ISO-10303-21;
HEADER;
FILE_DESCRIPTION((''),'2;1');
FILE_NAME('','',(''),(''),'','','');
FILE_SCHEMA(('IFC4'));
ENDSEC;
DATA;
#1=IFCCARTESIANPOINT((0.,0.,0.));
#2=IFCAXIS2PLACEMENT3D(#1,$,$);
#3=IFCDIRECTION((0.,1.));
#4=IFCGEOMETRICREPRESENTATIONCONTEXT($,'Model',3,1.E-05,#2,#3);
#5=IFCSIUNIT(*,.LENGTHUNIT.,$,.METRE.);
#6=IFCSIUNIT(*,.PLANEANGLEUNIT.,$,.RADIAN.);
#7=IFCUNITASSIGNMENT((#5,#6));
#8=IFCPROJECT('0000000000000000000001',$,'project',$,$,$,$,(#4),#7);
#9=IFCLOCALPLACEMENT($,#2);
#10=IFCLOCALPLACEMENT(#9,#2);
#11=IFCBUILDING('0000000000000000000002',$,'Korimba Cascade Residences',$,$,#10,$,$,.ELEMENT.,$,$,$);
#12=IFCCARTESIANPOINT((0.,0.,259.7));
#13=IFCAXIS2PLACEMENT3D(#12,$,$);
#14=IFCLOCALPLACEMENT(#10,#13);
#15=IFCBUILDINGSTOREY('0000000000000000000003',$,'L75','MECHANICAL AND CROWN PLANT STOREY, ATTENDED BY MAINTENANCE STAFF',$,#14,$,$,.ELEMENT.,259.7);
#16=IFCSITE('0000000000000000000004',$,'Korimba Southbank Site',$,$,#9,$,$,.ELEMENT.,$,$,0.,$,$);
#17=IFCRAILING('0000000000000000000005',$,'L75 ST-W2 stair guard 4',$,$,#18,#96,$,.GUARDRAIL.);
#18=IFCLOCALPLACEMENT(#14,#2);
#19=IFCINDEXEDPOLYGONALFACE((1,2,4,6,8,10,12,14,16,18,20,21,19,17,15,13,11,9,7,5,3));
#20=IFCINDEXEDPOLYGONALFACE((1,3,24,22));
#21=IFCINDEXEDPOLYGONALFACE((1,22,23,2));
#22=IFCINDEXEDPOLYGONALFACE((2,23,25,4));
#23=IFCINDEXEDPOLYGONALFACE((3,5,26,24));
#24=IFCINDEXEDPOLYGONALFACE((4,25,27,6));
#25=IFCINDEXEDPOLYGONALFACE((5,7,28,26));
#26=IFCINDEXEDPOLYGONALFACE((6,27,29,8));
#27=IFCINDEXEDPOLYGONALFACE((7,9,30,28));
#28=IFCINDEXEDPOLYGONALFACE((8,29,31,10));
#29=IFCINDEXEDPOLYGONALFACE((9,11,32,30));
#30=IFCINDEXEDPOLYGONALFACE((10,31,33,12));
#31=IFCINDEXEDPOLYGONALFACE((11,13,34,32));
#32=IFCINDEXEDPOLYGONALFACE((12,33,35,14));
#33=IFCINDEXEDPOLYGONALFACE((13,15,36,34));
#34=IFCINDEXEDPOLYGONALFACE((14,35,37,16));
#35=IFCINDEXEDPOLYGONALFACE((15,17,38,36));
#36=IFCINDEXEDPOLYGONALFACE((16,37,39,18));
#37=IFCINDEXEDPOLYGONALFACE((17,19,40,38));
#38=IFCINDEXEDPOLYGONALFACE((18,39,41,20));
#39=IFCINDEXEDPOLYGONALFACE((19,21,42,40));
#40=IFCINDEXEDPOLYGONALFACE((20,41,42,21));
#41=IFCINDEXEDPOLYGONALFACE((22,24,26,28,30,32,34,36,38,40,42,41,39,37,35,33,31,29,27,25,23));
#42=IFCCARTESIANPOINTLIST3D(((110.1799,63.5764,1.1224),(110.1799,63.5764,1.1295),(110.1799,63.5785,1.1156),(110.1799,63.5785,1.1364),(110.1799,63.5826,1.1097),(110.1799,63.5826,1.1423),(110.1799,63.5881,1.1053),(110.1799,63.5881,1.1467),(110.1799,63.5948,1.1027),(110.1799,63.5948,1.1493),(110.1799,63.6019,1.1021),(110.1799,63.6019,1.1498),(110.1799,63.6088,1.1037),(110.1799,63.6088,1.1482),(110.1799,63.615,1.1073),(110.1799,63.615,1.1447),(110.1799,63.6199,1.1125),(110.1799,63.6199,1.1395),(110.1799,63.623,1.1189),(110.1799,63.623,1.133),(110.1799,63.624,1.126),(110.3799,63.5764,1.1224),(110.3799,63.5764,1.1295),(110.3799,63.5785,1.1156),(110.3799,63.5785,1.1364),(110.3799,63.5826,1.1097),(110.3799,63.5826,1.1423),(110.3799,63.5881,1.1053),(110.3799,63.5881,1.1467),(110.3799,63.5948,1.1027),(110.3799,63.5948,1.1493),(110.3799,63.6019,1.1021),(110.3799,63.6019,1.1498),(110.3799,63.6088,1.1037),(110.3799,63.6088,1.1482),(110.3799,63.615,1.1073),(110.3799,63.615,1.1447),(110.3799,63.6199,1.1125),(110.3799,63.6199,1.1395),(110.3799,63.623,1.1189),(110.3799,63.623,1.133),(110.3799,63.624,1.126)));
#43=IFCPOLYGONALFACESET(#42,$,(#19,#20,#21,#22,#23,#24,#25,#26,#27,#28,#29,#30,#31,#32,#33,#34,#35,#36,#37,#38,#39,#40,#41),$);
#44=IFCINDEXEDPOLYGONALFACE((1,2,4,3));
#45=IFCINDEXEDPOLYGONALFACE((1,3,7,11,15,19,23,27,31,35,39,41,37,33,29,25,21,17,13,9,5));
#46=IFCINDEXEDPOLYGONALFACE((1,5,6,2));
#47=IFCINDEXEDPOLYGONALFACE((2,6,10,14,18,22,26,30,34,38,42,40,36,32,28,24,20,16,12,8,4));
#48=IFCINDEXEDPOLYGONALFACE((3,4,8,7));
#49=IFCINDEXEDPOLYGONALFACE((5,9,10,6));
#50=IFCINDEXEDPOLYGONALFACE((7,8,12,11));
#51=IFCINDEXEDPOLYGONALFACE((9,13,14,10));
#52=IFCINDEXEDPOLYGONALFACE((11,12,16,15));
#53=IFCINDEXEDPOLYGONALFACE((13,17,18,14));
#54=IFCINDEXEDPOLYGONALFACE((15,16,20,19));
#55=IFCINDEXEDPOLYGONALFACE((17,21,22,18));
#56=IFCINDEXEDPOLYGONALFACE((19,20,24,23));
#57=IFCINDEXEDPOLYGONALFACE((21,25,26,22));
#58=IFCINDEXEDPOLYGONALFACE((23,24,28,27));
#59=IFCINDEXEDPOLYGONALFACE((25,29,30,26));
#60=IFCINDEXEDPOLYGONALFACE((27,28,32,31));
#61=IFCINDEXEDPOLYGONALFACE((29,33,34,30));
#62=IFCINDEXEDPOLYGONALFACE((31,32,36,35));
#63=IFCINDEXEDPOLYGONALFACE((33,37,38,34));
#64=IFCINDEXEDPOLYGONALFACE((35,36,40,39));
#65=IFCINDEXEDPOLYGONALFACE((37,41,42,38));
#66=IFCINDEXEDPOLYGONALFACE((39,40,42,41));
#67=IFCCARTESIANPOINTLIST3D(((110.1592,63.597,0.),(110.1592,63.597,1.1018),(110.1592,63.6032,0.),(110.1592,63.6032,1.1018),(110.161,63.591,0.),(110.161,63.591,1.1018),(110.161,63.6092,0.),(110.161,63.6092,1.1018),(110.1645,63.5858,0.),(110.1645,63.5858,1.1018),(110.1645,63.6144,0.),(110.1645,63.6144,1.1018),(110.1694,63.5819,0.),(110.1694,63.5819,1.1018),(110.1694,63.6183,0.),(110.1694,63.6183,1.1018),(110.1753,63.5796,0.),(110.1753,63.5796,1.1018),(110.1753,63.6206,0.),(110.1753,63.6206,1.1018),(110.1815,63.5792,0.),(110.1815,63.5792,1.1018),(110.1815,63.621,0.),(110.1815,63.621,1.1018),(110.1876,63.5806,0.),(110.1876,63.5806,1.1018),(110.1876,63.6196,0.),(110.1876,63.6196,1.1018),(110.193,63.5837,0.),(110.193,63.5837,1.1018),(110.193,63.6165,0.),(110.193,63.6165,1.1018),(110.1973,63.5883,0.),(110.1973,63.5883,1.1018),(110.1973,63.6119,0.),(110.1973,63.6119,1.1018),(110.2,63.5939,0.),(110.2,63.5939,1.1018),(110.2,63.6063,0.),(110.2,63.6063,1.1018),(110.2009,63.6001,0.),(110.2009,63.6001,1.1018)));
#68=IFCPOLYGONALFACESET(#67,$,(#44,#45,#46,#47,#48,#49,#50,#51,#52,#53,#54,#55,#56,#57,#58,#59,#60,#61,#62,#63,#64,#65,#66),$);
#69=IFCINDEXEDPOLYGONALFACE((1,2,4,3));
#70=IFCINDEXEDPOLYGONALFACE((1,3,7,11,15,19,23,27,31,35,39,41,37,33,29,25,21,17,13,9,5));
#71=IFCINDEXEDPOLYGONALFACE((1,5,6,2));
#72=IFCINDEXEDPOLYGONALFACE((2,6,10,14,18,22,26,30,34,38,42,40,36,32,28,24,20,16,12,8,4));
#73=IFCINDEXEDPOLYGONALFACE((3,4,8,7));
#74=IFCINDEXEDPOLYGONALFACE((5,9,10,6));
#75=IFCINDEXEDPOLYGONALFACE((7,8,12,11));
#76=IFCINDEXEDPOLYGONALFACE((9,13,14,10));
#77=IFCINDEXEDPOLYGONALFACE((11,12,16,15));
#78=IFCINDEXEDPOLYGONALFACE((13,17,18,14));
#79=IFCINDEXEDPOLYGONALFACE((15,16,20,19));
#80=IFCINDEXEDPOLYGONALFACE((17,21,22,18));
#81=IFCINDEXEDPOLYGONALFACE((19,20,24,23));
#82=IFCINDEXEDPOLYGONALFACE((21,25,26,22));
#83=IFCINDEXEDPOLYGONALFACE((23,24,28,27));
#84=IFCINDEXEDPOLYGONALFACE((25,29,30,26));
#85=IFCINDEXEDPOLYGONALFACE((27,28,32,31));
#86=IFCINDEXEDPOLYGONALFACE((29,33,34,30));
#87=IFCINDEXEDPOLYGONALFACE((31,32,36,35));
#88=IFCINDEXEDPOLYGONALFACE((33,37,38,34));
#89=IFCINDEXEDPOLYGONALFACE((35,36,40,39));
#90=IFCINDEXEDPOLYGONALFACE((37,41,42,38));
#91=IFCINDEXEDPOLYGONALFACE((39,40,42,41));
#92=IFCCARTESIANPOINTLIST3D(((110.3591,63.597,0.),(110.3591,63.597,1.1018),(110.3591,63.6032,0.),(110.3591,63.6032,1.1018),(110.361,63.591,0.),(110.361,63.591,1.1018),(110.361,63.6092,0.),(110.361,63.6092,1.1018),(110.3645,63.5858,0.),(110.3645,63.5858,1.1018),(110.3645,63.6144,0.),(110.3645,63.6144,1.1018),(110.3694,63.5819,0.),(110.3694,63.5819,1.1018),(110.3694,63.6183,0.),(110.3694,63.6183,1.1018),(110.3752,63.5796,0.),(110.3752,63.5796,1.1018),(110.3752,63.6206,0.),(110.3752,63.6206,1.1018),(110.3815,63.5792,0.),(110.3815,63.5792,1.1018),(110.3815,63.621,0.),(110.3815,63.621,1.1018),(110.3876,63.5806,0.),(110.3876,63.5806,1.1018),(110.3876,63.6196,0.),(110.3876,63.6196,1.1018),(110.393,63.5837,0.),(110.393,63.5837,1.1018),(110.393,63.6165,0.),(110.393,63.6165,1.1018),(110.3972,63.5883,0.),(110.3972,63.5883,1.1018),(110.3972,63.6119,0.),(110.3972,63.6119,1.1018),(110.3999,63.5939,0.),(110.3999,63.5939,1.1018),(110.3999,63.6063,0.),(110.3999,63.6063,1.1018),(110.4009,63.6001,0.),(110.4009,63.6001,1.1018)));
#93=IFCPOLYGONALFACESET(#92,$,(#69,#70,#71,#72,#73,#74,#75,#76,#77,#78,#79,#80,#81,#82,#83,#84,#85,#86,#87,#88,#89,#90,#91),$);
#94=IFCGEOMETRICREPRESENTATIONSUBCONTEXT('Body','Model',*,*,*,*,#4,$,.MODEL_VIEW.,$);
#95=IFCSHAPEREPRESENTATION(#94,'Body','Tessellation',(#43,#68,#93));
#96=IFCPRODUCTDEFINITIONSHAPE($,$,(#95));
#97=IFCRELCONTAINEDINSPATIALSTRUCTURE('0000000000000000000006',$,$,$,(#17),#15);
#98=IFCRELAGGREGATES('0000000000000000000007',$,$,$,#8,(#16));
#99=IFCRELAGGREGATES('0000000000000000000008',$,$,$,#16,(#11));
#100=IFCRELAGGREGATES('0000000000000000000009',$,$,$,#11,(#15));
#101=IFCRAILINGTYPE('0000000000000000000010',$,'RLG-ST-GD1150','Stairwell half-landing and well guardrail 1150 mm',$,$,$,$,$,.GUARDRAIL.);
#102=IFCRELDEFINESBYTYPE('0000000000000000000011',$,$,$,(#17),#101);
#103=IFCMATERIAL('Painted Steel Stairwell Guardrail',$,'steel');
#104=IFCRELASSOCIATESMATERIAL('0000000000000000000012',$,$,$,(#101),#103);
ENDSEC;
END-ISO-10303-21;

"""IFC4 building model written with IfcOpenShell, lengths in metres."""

from ifc_helpers import new_model, si_unit, direction, frame, origin, origin_2d, place, context, subcontext, project, spatial, circle, extrude, material, type_object, element, save


model = new_model("IFC4")

# Units and contexts
model_context = context("Model", 3, precision=1e-05, world=origin(), true_north=direction((0.0, 1.0)))
body_context = subcontext(model_context, "Body", "Model", "MODEL_VIEW")
ifc_project = project(units=[si_unit("LENGTHUNIT", "METRE"), si_unit("PLANEANGLEUNIT", "RADIAN")], contexts=[model_context])

# Site, building, storey
site_placement = place(None, origin())
site = spatial("IfcSite", under=ifc_project, at=site_placement, Name="Korimba Southbank Site", CompositionType="ELEMENT", RefElevation=0.0)
building_placement = place(site_placement, origin())
building = spatial("IfcBuilding", under=site, at=building_placement, Name="Korimba Cascade Residences", CompositionType="ELEMENT")
storey_placement = place(building_placement, frame((0.0, 0.0, 259.7)))
storey = spatial("IfcBuildingStorey", under=building, at=storey_placement, Name="L75", Description="MECHANICAL AND CROWN PLANT STOREY, ATTENDED BY MAINTENANCE STAFF", CompositionType="ELEMENT", Elevation=259.7)

# Railing
ifc_material_1 = material(Name="Painted Steel Stairwell Guardrail", Category="steel")
railing_type_1 = type_object("IfcRailingType", Name="RLG-ST-GD1150", Description="Stairwell half-landing and well guardrail 1150 mm", PredefinedType="GUARDRAIL", material=ifc_material_1)
railing_1_placement = place(storey_placement, frame((110.1799, 63.6001, 0.0)))
element("IfcRailing", 1, at=railing_1_placement, inside=storey, type_object=railing_type_1, Name="L75 ST-W2 stair guard 4", PredefinedType="GUARDRAIL", context=body_context, shape_type="SweptSolid", body=[
    extrude(circle(Radius=0.0239, at=origin_2d()), frame((0.0, 0.0, 1.126), z_axis=(1.0, 0.0, 0.0), x_axis=(0.0, 1.0, 0.0)), (0.0, 0.0, 1.0), 0.2),
    extrude(circle(Radius=0.021, at=origin_2d()), origin(), (0.0, 0.0, 1.0), 1.1018),
    extrude(circle(Radius=0.021, at=origin_2d()), frame((0.2, 0.0, 0.0)), (0.0, 0.0, 1.0), 1.1018),
])

save(model, "model.ifc")
